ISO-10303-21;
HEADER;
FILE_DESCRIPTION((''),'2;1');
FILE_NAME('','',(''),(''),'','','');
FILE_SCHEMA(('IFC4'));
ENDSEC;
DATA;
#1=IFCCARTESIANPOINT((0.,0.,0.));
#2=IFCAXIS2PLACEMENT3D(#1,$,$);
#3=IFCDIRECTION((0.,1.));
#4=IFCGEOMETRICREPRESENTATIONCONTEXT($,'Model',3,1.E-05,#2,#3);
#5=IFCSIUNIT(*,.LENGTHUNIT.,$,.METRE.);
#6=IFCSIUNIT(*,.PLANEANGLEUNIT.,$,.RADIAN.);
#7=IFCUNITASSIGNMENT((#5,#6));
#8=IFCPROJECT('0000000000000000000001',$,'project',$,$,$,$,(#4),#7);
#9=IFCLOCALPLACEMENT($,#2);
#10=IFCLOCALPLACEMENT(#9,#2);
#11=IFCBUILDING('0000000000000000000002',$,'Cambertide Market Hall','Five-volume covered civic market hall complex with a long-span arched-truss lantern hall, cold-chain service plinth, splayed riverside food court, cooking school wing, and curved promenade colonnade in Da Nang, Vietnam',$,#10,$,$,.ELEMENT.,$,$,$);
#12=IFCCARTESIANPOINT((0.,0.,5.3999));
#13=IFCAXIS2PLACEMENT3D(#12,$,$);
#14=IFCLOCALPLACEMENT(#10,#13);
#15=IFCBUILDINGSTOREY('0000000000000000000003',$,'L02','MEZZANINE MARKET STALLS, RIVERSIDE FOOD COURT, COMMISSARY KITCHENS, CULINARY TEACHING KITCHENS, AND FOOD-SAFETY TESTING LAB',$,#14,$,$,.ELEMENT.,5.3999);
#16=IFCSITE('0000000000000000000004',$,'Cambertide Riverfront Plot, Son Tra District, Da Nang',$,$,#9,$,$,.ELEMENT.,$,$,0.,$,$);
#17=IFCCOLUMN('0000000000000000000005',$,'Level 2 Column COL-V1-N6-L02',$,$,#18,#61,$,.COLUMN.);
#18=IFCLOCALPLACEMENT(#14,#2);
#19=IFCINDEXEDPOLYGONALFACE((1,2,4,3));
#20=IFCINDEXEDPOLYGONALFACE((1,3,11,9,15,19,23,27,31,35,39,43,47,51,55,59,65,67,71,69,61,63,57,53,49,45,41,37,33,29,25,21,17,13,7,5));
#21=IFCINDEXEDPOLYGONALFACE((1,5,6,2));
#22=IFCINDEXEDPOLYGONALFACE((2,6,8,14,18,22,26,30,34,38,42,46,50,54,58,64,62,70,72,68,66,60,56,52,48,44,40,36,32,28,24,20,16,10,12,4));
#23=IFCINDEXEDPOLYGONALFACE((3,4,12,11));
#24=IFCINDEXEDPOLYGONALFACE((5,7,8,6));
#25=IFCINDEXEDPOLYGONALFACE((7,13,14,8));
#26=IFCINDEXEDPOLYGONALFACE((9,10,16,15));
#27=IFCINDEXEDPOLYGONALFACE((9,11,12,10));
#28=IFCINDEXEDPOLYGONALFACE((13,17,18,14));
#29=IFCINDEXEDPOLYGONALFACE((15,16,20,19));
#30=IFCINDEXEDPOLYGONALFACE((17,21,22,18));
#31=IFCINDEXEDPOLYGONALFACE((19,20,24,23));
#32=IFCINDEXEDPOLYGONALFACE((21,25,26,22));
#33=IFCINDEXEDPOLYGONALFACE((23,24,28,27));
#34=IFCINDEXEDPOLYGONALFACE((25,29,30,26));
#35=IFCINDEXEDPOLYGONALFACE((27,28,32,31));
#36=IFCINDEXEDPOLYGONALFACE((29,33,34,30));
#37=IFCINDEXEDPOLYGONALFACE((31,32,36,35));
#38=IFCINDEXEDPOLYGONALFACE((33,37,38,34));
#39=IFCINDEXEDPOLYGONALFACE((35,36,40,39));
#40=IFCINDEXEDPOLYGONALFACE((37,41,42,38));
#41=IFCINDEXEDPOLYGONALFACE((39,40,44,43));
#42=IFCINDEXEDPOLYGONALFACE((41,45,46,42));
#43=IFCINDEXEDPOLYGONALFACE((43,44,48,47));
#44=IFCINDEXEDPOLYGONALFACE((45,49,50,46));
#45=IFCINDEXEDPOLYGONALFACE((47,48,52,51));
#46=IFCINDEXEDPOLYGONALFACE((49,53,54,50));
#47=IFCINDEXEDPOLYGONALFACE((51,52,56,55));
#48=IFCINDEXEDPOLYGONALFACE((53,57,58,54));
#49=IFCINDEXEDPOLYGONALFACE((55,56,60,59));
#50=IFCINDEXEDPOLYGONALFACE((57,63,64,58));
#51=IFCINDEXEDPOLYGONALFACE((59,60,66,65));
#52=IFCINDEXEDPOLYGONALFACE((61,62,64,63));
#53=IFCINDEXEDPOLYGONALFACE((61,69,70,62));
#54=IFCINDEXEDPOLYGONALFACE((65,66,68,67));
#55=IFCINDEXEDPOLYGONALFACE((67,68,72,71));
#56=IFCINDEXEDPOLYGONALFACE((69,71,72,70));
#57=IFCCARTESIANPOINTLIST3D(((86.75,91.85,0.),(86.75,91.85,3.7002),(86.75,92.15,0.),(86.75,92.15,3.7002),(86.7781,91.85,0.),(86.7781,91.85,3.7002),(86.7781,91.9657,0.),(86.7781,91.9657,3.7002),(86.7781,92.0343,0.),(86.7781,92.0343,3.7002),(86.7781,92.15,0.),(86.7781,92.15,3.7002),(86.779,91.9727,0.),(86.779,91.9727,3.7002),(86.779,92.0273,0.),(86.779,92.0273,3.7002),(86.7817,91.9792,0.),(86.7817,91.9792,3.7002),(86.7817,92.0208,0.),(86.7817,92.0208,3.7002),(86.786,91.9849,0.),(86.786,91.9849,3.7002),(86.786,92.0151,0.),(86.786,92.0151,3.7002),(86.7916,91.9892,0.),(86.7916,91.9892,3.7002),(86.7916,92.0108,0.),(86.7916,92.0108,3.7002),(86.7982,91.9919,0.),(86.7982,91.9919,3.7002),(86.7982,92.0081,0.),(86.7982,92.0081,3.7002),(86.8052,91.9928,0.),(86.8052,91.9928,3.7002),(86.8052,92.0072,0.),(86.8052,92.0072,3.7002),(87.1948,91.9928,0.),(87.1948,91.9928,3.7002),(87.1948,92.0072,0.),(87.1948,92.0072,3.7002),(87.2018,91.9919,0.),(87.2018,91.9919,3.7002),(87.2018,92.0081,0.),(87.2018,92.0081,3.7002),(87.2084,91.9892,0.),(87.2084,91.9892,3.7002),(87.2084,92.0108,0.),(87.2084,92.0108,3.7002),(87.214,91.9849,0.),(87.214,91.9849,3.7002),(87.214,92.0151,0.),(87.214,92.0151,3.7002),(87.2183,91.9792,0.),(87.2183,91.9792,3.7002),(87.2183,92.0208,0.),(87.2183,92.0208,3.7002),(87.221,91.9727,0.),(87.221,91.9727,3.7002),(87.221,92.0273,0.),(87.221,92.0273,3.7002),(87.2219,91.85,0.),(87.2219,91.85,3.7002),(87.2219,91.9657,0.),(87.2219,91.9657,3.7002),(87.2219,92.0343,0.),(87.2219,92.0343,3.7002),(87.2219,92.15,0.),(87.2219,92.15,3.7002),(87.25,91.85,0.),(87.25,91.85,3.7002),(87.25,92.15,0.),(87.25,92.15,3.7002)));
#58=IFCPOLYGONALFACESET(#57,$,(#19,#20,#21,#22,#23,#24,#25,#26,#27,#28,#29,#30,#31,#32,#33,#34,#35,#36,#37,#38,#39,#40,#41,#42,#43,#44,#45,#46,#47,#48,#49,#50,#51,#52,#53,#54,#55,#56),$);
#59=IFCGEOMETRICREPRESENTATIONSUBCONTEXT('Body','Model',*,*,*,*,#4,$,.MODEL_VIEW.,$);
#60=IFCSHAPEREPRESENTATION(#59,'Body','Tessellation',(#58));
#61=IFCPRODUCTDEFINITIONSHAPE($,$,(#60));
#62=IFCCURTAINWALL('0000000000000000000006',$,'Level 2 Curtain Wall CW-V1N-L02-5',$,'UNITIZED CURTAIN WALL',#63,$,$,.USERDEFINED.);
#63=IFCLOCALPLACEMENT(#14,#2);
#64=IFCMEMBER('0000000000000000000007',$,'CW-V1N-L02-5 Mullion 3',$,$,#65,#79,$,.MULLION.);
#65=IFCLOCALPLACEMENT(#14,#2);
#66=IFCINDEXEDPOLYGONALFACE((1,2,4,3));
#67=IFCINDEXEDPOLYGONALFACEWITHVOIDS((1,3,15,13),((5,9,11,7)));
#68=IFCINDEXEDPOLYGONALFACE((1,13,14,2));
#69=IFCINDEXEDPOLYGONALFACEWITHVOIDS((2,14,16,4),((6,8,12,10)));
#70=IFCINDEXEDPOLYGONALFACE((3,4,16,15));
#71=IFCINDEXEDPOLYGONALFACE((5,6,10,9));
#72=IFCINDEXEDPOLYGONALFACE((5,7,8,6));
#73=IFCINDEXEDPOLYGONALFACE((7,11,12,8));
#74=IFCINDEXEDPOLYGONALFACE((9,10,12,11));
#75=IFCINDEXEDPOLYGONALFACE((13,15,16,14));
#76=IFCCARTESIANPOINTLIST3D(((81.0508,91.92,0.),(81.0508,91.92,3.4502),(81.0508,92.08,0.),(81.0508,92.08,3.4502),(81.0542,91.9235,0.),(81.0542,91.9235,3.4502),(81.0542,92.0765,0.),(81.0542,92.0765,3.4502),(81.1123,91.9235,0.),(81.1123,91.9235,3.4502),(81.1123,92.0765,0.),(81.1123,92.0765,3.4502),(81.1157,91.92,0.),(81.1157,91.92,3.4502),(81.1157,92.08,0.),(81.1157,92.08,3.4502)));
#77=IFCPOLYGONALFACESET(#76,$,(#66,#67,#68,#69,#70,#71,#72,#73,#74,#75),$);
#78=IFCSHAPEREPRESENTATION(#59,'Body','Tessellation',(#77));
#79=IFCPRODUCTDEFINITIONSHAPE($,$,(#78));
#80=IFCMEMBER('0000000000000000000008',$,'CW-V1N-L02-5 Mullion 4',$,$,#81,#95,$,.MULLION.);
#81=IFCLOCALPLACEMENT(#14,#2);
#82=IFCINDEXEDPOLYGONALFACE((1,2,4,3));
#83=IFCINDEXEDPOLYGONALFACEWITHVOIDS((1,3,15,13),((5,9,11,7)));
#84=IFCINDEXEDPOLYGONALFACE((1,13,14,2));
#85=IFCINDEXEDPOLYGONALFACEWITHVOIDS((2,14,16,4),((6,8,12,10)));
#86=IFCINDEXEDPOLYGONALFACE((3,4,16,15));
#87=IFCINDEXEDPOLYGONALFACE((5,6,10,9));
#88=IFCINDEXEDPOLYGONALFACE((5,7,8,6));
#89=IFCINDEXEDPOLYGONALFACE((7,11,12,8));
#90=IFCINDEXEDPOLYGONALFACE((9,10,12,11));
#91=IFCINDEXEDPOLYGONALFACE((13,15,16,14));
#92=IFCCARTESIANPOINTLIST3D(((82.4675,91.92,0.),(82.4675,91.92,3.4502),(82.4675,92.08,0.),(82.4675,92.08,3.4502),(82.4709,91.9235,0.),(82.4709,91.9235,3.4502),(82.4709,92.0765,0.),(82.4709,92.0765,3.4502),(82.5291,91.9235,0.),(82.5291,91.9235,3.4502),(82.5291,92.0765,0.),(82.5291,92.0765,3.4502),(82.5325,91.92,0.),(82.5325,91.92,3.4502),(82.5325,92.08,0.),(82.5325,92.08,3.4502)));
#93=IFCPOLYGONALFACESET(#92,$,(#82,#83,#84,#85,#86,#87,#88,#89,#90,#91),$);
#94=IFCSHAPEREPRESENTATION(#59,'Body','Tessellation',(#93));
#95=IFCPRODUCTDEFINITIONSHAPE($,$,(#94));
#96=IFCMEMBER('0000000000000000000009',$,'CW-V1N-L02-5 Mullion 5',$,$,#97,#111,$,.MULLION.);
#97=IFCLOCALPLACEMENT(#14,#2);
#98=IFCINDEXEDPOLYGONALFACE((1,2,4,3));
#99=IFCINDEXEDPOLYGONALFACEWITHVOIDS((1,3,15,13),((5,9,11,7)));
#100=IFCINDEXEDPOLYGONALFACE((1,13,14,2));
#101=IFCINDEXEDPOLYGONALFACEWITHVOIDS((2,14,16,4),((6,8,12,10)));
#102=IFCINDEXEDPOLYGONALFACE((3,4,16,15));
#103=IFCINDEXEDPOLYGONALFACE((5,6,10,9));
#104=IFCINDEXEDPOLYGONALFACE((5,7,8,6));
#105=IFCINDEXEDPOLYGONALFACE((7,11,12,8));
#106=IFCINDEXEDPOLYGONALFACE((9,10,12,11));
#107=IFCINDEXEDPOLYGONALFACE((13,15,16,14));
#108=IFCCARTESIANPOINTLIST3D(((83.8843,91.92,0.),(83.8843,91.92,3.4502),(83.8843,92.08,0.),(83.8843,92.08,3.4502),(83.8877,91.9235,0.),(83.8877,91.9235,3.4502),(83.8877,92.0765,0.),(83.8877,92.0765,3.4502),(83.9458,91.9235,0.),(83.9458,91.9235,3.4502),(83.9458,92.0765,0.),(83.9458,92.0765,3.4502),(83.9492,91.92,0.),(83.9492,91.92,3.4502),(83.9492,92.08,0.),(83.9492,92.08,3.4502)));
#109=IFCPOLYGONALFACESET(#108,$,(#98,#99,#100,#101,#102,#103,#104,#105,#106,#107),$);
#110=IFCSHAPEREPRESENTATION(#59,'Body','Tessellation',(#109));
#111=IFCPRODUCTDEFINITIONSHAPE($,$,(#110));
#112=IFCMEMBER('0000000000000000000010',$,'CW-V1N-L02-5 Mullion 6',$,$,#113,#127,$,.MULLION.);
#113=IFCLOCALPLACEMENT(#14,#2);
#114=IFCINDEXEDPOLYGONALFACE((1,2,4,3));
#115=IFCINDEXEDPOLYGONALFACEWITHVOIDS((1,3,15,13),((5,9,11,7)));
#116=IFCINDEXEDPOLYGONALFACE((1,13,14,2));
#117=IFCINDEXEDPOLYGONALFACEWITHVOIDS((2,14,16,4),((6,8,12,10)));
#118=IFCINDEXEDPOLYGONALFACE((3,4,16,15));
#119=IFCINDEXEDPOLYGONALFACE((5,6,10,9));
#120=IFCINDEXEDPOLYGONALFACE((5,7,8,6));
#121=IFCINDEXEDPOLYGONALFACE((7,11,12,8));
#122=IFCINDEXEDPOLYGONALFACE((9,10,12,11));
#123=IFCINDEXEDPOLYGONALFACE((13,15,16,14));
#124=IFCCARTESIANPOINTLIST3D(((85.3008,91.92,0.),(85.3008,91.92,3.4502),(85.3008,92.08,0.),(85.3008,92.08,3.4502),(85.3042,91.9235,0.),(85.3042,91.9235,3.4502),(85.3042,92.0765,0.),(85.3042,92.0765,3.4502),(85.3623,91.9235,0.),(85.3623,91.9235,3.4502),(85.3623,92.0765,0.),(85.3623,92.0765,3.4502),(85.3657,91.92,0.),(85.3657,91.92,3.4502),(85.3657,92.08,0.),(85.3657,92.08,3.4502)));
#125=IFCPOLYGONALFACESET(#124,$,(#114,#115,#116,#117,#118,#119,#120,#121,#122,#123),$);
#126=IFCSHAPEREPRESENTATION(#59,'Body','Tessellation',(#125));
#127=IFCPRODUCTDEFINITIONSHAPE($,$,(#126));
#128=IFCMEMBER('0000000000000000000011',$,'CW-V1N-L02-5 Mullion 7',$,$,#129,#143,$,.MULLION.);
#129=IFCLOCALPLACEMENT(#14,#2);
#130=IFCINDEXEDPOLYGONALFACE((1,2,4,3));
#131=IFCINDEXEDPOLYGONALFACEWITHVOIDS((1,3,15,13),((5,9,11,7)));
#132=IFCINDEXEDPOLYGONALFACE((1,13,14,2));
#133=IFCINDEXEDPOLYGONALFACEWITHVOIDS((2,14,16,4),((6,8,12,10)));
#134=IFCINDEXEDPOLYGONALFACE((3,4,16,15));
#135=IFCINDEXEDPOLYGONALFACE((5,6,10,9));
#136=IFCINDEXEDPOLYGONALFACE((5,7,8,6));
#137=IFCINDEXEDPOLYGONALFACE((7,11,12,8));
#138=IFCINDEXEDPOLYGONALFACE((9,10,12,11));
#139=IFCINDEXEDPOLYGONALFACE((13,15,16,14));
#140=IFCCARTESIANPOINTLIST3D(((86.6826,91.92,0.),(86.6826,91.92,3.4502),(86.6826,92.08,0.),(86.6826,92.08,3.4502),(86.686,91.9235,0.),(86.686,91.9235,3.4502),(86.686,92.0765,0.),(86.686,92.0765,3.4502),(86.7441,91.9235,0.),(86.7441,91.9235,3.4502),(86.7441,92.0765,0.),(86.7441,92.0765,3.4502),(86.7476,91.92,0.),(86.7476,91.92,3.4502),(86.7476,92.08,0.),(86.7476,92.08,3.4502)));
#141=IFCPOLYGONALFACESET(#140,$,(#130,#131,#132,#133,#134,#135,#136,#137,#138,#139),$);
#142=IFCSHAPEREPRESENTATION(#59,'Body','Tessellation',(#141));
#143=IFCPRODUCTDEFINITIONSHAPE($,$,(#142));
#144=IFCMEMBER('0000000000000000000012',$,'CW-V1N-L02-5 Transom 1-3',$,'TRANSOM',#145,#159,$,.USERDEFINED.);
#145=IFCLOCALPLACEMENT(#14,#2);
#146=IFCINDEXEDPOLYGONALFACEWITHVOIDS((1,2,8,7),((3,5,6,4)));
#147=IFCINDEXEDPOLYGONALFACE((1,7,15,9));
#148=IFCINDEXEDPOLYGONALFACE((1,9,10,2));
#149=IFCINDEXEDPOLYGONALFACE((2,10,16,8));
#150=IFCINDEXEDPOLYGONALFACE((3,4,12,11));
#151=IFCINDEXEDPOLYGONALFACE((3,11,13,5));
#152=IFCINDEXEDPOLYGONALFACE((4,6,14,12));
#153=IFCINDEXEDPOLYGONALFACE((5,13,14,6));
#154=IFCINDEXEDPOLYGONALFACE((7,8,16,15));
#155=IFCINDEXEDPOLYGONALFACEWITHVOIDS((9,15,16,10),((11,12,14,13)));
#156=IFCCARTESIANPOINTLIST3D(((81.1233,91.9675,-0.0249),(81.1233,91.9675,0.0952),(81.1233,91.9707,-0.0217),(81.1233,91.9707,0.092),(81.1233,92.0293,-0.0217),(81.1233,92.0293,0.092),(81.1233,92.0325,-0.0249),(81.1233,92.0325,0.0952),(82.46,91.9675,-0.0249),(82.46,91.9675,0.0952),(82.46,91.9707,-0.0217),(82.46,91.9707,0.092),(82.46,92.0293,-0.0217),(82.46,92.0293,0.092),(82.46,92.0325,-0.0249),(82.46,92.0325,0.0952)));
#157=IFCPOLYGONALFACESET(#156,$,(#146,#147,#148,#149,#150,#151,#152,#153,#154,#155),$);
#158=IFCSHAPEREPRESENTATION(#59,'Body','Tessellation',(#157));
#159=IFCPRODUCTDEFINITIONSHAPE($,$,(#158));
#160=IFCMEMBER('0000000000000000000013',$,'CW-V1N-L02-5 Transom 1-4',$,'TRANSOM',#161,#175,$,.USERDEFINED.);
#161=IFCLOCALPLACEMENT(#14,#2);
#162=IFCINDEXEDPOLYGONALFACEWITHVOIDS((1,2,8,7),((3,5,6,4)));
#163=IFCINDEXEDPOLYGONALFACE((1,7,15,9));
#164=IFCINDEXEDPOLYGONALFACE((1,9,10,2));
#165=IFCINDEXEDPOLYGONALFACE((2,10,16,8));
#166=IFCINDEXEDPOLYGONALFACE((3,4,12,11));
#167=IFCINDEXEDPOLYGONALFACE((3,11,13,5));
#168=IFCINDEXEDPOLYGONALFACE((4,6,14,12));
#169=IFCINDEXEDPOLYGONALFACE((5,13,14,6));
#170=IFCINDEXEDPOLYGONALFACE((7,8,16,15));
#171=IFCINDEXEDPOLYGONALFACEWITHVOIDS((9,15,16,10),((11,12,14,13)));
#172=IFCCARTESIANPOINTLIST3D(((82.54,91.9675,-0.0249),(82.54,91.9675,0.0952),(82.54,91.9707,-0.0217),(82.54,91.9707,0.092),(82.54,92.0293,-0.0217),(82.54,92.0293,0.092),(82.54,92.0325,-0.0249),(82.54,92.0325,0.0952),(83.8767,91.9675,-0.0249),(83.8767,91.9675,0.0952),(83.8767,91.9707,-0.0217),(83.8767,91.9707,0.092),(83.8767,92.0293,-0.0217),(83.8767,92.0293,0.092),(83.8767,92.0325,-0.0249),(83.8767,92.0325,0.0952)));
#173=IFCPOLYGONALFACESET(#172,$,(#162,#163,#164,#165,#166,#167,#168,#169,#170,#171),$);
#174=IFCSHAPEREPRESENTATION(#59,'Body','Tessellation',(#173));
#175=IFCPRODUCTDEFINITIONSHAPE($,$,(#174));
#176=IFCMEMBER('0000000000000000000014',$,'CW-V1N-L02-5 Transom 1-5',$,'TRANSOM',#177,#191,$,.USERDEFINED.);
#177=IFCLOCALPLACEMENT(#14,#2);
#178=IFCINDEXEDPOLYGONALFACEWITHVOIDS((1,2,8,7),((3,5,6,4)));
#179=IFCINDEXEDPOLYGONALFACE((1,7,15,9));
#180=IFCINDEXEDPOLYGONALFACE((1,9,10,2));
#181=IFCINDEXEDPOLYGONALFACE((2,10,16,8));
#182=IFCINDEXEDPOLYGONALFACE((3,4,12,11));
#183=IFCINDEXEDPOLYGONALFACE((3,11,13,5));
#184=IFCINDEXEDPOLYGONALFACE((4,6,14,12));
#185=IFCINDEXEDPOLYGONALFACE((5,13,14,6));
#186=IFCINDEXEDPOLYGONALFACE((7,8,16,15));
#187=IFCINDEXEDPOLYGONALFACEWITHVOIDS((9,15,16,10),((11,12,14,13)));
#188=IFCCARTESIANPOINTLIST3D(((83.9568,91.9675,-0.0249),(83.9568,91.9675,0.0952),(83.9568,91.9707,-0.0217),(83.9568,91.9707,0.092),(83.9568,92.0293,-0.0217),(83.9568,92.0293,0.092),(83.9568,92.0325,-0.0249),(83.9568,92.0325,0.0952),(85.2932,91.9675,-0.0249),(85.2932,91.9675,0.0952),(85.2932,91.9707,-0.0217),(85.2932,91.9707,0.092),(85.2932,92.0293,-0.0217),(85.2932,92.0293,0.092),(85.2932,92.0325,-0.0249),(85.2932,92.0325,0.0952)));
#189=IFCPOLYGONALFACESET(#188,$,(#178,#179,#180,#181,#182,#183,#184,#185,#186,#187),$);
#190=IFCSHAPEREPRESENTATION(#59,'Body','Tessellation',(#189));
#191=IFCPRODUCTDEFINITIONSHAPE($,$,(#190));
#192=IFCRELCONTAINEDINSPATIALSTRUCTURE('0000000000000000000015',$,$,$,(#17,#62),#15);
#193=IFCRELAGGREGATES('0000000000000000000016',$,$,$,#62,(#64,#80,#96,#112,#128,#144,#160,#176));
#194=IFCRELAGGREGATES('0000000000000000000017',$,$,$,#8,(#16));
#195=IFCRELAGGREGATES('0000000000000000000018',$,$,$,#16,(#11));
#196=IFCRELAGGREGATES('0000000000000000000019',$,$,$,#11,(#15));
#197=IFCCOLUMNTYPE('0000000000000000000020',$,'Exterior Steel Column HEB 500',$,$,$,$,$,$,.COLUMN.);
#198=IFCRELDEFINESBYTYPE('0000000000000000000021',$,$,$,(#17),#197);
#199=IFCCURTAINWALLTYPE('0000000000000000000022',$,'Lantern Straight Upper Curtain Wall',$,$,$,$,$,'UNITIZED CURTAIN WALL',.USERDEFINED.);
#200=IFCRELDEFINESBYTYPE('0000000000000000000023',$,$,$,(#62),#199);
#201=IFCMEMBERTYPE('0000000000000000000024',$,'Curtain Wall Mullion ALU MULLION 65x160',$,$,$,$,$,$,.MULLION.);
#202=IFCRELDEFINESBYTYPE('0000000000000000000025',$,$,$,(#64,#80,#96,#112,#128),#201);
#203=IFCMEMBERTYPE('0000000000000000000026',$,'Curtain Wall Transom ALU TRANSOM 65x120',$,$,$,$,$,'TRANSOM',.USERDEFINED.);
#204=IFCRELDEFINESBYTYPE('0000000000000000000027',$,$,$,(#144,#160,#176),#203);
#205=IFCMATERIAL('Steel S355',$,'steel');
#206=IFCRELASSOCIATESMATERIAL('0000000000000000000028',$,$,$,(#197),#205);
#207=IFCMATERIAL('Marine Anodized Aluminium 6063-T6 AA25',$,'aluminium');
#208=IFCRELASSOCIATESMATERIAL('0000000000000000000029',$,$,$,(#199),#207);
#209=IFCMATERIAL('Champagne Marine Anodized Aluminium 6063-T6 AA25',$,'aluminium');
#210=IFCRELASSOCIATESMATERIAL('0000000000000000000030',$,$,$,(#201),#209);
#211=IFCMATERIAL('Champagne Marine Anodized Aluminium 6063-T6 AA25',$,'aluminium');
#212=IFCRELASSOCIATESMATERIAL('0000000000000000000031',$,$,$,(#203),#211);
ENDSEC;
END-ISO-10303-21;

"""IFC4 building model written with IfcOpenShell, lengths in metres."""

from ifc_helpers import new_model, si_unit, direction, frame, origin, origin_2d, place, context, subcontext, project, spatial, hollow_rectangle, i_section, extrude, material, material_profile, profile_set, type_object, element, aggregate, save


model = new_model("IFC4")

# Units and contexts
model_context = context("Model", 3, precision=1e-05, world=origin(), true_north=direction((0.0, 1.0)))
body_context = subcontext(model_context, "Body", "Model", "MODEL_VIEW")
ifc_project = project(units=[si_unit("LENGTHUNIT", "METRE"), si_unit("PLANEANGLEUNIT", "RADIAN")], contexts=[model_context])

# Site, building, storey
site_placement = place(None, origin())
site = spatial("IfcSite", under=ifc_project, at=site_placement, Name="Cambertide Riverfront Plot, Son Tra District, Da Nang", CompositionType="ELEMENT", RefElevation=0.0)
building_placement = place(site_placement, origin())
building = spatial("IfcBuilding", under=site, at=building_placement, Name="Cambertide Market Hall", Description="Five-volume covered civic market hall complex with a long-span arched-truss lantern hall, cold-chain service plinth, splayed riverside food court, cooking school wing, and curved promenade colonnade in Da Nang, Vietnam", CompositionType="ELEMENT")
storey_placement = place(building_placement, frame((0.0, 0.0, 5.3999)))
storey = spatial("IfcBuildingStorey", under=building, at=storey_placement, Name="L02", Description="MEZZANINE MARKET STALLS, RIVERSIDE FOOD COURT, COMMISSARY KITCHENS, CULINARY TEACHING KITCHENS, AND FOOD-SAFETY TESTING LAB", CompositionType="ELEMENT", Elevation=5.3999)

# Column
ifc_material_1 = material(Name="Steel S355", Category="steel")
ifc_material_profile_1 = material_profile(ifc_material_1, i_section(OverallWidth=0.3, OverallDepth=0.5, WebThickness=0.0144, FlangeThickness=0.0281, FilletRadius=0.0271, at=origin_2d()), Name="HEB 500")
ifc_profile_set_1 = profile_set([ifc_material_profile_1], Name="Steel S355")
column_type = type_object("IfcColumnType", Name="Exterior Steel Column HEB 500", PredefinedType="COLUMN", material=ifc_profile_set_1)
column_placement = place(storey_placement, frame((87.0, 92.0, 0.0), z_axis=(0.0, 0.0, 1.0), x_axis=(0.0, 1.0, 0.0)))
element("IfcColumn", 1, at=column_placement, inside=storey, type_object=column_type, Name="Level 2 Column COL-V1-N6-L02", PredefinedType="COLUMN", context=body_context, shape_type="SweptSolid", body=[
    extrude(i_section(OverallWidth=0.3, OverallDepth=0.5, WebThickness=0.0144, FlangeThickness=0.0281, FilletRadius=0.0271, at=origin_2d()), origin(), (0.0, 0.0, 1.0), 3.7002),
])

# Curtain wall, members
ifc_material_2 = material(Name="Marine Anodized Aluminium 6063-T6 AA25", Category="aluminium")
curtain_wall_type = type_object("IfcCurtainWallType", Name="Lantern Straight Upper Curtain Wall", ElementType="UNITIZED CURTAIN WALL", PredefinedType="USERDEFINED", material=ifc_material_2)
curtain_wall_placement = place(storey_placement, origin())
curtain_wall = element("IfcCurtainWall", 2, at=curtain_wall_placement, inside=storey, type_object=curtain_wall_type, Name="Level 2 Curtain Wall CW-V1N-L02-5", ObjectType="UNITIZED CURTAIN WALL", PredefinedType="USERDEFINED")
ifc_material_3 = material(Name="Champagne Marine Anodized Aluminium 6063-T6 AA25", Category="aluminium")
ifc_material_profile_2 = material_profile(ifc_material_3, hollow_rectangle(XDim=0.0649, YDim=0.1599, WallThickness=0.0034, at=origin_2d()), Name="ALU MULLION 65x160")
ifc_profile_set_2 = profile_set([ifc_material_profile_2], Name="Champagne Marine Anodized Aluminium 6063-T6 AA25")
member_type_1 = type_object("IfcMemberType", Name="Curtain Wall Mullion ALU MULLION 65x160", PredefinedType="MULLION", material=ifc_profile_set_2)
member_1_placement = place(storey_placement, frame((81.0833, 92.0, 0.0), z_axis=(0.0, 0.0, 1.0), x_axis=(1.0, 0.0, 0.0)))
member_1 = element("IfcMember", 3, at=member_1_placement, type_object=member_type_1, Name="CW-V1N-L02-5 Mullion 3", PredefinedType="MULLION", context=body_context, shape_type="SweptSolid", body=[
    extrude(hollow_rectangle(XDim=0.0649, YDim=0.1599, WallThickness=0.0034, at=origin_2d()), origin(), (0.0, 0.0, 1.0), 3.4502),
])
member_2_placement = place(storey_placement, frame((82.5, 92.0, 0.0), z_axis=(0.0, 0.0, 1.0), x_axis=(1.0, 0.0, 0.0)))
member_2 = element("IfcMember", 4, at=member_2_placement, type_object=member_type_1, Name="CW-V1N-L02-5 Mullion 4", PredefinedType="MULLION", context=body_context, shape_type="SweptSolid", body=[
    extrude(hollow_rectangle(XDim=0.0649, YDim=0.1599, WallThickness=0.0034, at=origin_2d()), origin(), (0.0, 0.0, 1.0), 3.4502),
])
member_3_placement = place(storey_placement, frame((83.9167, 92.0, 0.0), z_axis=(0.0, 0.0, 1.0), x_axis=(1.0, 0.0, 0.0)))
member_3 = element("IfcMember", 5, at=member_3_placement, type_object=member_type_1, Name="CW-V1N-L02-5 Mullion 5", PredefinedType="MULLION", context=body_context, shape_type="SweptSolid", body=[
    extrude(hollow_rectangle(XDim=0.0649, YDim=0.1599, WallThickness=0.0034, at=origin_2d()), origin(), (0.0, 0.0, 1.0), 3.4502),
])
member_4_placement = place(storey_placement, frame((85.3333, 92.0, 0.0), z_axis=(0.0, 0.0, 1.0), x_axis=(1.0, 0.0, 0.0)))
member_4 = element("IfcMember", 6, at=member_4_placement, type_object=member_type_1, Name="CW-V1N-L02-5 Mullion 6", PredefinedType="MULLION", context=body_context, shape_type="SweptSolid", body=[
    extrude(hollow_rectangle(XDim=0.0649, YDim=0.1599, WallThickness=0.0034, at=origin_2d()), origin(), (0.0, 0.0, 1.0), 3.4502),
])
member_5_placement = place(storey_placement, frame((86.7151, 92.0, 0.0), z_axis=(0.0, 0.0, 1.0), x_axis=(1.0, 0.0, 0.0)))
member_5 = element("IfcMember", 7, at=member_5_placement, type_object=member_type_1, Name="CW-V1N-L02-5 Mullion 7", PredefinedType="MULLION", context=body_context, shape_type="SweptSolid", body=[
    extrude(hollow_rectangle(XDim=0.0649, YDim=0.1599, WallThickness=0.0034, at=origin_2d()), origin(), (0.0, 0.0, 1.0), 3.4502),
])
ifc_material_4 = material(Name="Champagne Marine Anodized Aluminium 6063-T6 AA25", Category="aluminium")
ifc_material_profile_3 = material_profile(ifc_material_4, hollow_rectangle(XDim=0.0649, YDim=0.1201, WallThickness=0.0032, at=origin_2d()), Name="ALU TRANSOM 65x120")
ifc_profile_set_3 = profile_set([ifc_material_profile_3], Name="Champagne Marine Anodized Aluminium 6063-T6 AA25")
member_type_2 = type_object("IfcMemberType", Name="Curtain Wall Transom ALU TRANSOM 65x120", ElementType="TRANSOM", PredefinedType="USERDEFINED", material=ifc_profile_set_3)
member_6_placement = place(storey_placement, frame((81.1233, 92.0, 0.0352), z_axis=(1.0, 0.0, 0.0), x_axis=(0.0, 1.0, 0.0)))
member_6 = element("IfcMember", 8, at=member_6_placement, type_object=member_type_2, Name="CW-V1N-L02-5 Transom 1-3", ObjectType="TRANSOM", PredefinedType="USERDEFINED", context=body_context, shape_type="SweptSolid", body=[
    extrude(hollow_rectangle(XDim=0.0649, YDim=0.1201, WallThickness=0.0032, at=origin_2d()), origin(), (0.0, 0.0, 1.0), 1.3367),
])
member_7_placement = place(storey_placement, frame((82.54, 92.0, 0.0352), z_axis=(1.0, 0.0, 0.0), x_axis=(0.0, 1.0, 0.0)))
member_7 = element("IfcMember", 9, at=member_7_placement, type_object=member_type_2, Name="CW-V1N-L02-5 Transom 1-4", ObjectType="TRANSOM", PredefinedType="USERDEFINED", context=body_context, shape_type="SweptSolid", body=[
    extrude(hollow_rectangle(XDim=0.0649, YDim=0.1201, WallThickness=0.0032, at=origin_2d()), origin(), (0.0, 0.0, 1.0), 1.3367),
])
member_8_placement = place(storey_placement, frame((83.9568, 92.0, 0.0352), z_axis=(1.0, 0.0, 0.0), x_axis=(0.0, 1.0, 0.0)))
member_8 = element("IfcMember", 10, at=member_8_placement, type_object=member_type_2, Name="CW-V1N-L02-5 Transom 1-5", ObjectType="TRANSOM", PredefinedType="USERDEFINED", context=body_context, shape_type="SweptSolid", body=[
    extrude(hollow_rectangle(XDim=0.0649, YDim=0.1201, WallThickness=0.0032, at=origin_2d()), origin(), (0.0, 0.0, 1.0), 1.3364),
])

aggregate(curtain_wall, [member_1, member_2, member_3, member_4, member_5, member_6, member_7, member_8])

save(model, "model.ifc")
